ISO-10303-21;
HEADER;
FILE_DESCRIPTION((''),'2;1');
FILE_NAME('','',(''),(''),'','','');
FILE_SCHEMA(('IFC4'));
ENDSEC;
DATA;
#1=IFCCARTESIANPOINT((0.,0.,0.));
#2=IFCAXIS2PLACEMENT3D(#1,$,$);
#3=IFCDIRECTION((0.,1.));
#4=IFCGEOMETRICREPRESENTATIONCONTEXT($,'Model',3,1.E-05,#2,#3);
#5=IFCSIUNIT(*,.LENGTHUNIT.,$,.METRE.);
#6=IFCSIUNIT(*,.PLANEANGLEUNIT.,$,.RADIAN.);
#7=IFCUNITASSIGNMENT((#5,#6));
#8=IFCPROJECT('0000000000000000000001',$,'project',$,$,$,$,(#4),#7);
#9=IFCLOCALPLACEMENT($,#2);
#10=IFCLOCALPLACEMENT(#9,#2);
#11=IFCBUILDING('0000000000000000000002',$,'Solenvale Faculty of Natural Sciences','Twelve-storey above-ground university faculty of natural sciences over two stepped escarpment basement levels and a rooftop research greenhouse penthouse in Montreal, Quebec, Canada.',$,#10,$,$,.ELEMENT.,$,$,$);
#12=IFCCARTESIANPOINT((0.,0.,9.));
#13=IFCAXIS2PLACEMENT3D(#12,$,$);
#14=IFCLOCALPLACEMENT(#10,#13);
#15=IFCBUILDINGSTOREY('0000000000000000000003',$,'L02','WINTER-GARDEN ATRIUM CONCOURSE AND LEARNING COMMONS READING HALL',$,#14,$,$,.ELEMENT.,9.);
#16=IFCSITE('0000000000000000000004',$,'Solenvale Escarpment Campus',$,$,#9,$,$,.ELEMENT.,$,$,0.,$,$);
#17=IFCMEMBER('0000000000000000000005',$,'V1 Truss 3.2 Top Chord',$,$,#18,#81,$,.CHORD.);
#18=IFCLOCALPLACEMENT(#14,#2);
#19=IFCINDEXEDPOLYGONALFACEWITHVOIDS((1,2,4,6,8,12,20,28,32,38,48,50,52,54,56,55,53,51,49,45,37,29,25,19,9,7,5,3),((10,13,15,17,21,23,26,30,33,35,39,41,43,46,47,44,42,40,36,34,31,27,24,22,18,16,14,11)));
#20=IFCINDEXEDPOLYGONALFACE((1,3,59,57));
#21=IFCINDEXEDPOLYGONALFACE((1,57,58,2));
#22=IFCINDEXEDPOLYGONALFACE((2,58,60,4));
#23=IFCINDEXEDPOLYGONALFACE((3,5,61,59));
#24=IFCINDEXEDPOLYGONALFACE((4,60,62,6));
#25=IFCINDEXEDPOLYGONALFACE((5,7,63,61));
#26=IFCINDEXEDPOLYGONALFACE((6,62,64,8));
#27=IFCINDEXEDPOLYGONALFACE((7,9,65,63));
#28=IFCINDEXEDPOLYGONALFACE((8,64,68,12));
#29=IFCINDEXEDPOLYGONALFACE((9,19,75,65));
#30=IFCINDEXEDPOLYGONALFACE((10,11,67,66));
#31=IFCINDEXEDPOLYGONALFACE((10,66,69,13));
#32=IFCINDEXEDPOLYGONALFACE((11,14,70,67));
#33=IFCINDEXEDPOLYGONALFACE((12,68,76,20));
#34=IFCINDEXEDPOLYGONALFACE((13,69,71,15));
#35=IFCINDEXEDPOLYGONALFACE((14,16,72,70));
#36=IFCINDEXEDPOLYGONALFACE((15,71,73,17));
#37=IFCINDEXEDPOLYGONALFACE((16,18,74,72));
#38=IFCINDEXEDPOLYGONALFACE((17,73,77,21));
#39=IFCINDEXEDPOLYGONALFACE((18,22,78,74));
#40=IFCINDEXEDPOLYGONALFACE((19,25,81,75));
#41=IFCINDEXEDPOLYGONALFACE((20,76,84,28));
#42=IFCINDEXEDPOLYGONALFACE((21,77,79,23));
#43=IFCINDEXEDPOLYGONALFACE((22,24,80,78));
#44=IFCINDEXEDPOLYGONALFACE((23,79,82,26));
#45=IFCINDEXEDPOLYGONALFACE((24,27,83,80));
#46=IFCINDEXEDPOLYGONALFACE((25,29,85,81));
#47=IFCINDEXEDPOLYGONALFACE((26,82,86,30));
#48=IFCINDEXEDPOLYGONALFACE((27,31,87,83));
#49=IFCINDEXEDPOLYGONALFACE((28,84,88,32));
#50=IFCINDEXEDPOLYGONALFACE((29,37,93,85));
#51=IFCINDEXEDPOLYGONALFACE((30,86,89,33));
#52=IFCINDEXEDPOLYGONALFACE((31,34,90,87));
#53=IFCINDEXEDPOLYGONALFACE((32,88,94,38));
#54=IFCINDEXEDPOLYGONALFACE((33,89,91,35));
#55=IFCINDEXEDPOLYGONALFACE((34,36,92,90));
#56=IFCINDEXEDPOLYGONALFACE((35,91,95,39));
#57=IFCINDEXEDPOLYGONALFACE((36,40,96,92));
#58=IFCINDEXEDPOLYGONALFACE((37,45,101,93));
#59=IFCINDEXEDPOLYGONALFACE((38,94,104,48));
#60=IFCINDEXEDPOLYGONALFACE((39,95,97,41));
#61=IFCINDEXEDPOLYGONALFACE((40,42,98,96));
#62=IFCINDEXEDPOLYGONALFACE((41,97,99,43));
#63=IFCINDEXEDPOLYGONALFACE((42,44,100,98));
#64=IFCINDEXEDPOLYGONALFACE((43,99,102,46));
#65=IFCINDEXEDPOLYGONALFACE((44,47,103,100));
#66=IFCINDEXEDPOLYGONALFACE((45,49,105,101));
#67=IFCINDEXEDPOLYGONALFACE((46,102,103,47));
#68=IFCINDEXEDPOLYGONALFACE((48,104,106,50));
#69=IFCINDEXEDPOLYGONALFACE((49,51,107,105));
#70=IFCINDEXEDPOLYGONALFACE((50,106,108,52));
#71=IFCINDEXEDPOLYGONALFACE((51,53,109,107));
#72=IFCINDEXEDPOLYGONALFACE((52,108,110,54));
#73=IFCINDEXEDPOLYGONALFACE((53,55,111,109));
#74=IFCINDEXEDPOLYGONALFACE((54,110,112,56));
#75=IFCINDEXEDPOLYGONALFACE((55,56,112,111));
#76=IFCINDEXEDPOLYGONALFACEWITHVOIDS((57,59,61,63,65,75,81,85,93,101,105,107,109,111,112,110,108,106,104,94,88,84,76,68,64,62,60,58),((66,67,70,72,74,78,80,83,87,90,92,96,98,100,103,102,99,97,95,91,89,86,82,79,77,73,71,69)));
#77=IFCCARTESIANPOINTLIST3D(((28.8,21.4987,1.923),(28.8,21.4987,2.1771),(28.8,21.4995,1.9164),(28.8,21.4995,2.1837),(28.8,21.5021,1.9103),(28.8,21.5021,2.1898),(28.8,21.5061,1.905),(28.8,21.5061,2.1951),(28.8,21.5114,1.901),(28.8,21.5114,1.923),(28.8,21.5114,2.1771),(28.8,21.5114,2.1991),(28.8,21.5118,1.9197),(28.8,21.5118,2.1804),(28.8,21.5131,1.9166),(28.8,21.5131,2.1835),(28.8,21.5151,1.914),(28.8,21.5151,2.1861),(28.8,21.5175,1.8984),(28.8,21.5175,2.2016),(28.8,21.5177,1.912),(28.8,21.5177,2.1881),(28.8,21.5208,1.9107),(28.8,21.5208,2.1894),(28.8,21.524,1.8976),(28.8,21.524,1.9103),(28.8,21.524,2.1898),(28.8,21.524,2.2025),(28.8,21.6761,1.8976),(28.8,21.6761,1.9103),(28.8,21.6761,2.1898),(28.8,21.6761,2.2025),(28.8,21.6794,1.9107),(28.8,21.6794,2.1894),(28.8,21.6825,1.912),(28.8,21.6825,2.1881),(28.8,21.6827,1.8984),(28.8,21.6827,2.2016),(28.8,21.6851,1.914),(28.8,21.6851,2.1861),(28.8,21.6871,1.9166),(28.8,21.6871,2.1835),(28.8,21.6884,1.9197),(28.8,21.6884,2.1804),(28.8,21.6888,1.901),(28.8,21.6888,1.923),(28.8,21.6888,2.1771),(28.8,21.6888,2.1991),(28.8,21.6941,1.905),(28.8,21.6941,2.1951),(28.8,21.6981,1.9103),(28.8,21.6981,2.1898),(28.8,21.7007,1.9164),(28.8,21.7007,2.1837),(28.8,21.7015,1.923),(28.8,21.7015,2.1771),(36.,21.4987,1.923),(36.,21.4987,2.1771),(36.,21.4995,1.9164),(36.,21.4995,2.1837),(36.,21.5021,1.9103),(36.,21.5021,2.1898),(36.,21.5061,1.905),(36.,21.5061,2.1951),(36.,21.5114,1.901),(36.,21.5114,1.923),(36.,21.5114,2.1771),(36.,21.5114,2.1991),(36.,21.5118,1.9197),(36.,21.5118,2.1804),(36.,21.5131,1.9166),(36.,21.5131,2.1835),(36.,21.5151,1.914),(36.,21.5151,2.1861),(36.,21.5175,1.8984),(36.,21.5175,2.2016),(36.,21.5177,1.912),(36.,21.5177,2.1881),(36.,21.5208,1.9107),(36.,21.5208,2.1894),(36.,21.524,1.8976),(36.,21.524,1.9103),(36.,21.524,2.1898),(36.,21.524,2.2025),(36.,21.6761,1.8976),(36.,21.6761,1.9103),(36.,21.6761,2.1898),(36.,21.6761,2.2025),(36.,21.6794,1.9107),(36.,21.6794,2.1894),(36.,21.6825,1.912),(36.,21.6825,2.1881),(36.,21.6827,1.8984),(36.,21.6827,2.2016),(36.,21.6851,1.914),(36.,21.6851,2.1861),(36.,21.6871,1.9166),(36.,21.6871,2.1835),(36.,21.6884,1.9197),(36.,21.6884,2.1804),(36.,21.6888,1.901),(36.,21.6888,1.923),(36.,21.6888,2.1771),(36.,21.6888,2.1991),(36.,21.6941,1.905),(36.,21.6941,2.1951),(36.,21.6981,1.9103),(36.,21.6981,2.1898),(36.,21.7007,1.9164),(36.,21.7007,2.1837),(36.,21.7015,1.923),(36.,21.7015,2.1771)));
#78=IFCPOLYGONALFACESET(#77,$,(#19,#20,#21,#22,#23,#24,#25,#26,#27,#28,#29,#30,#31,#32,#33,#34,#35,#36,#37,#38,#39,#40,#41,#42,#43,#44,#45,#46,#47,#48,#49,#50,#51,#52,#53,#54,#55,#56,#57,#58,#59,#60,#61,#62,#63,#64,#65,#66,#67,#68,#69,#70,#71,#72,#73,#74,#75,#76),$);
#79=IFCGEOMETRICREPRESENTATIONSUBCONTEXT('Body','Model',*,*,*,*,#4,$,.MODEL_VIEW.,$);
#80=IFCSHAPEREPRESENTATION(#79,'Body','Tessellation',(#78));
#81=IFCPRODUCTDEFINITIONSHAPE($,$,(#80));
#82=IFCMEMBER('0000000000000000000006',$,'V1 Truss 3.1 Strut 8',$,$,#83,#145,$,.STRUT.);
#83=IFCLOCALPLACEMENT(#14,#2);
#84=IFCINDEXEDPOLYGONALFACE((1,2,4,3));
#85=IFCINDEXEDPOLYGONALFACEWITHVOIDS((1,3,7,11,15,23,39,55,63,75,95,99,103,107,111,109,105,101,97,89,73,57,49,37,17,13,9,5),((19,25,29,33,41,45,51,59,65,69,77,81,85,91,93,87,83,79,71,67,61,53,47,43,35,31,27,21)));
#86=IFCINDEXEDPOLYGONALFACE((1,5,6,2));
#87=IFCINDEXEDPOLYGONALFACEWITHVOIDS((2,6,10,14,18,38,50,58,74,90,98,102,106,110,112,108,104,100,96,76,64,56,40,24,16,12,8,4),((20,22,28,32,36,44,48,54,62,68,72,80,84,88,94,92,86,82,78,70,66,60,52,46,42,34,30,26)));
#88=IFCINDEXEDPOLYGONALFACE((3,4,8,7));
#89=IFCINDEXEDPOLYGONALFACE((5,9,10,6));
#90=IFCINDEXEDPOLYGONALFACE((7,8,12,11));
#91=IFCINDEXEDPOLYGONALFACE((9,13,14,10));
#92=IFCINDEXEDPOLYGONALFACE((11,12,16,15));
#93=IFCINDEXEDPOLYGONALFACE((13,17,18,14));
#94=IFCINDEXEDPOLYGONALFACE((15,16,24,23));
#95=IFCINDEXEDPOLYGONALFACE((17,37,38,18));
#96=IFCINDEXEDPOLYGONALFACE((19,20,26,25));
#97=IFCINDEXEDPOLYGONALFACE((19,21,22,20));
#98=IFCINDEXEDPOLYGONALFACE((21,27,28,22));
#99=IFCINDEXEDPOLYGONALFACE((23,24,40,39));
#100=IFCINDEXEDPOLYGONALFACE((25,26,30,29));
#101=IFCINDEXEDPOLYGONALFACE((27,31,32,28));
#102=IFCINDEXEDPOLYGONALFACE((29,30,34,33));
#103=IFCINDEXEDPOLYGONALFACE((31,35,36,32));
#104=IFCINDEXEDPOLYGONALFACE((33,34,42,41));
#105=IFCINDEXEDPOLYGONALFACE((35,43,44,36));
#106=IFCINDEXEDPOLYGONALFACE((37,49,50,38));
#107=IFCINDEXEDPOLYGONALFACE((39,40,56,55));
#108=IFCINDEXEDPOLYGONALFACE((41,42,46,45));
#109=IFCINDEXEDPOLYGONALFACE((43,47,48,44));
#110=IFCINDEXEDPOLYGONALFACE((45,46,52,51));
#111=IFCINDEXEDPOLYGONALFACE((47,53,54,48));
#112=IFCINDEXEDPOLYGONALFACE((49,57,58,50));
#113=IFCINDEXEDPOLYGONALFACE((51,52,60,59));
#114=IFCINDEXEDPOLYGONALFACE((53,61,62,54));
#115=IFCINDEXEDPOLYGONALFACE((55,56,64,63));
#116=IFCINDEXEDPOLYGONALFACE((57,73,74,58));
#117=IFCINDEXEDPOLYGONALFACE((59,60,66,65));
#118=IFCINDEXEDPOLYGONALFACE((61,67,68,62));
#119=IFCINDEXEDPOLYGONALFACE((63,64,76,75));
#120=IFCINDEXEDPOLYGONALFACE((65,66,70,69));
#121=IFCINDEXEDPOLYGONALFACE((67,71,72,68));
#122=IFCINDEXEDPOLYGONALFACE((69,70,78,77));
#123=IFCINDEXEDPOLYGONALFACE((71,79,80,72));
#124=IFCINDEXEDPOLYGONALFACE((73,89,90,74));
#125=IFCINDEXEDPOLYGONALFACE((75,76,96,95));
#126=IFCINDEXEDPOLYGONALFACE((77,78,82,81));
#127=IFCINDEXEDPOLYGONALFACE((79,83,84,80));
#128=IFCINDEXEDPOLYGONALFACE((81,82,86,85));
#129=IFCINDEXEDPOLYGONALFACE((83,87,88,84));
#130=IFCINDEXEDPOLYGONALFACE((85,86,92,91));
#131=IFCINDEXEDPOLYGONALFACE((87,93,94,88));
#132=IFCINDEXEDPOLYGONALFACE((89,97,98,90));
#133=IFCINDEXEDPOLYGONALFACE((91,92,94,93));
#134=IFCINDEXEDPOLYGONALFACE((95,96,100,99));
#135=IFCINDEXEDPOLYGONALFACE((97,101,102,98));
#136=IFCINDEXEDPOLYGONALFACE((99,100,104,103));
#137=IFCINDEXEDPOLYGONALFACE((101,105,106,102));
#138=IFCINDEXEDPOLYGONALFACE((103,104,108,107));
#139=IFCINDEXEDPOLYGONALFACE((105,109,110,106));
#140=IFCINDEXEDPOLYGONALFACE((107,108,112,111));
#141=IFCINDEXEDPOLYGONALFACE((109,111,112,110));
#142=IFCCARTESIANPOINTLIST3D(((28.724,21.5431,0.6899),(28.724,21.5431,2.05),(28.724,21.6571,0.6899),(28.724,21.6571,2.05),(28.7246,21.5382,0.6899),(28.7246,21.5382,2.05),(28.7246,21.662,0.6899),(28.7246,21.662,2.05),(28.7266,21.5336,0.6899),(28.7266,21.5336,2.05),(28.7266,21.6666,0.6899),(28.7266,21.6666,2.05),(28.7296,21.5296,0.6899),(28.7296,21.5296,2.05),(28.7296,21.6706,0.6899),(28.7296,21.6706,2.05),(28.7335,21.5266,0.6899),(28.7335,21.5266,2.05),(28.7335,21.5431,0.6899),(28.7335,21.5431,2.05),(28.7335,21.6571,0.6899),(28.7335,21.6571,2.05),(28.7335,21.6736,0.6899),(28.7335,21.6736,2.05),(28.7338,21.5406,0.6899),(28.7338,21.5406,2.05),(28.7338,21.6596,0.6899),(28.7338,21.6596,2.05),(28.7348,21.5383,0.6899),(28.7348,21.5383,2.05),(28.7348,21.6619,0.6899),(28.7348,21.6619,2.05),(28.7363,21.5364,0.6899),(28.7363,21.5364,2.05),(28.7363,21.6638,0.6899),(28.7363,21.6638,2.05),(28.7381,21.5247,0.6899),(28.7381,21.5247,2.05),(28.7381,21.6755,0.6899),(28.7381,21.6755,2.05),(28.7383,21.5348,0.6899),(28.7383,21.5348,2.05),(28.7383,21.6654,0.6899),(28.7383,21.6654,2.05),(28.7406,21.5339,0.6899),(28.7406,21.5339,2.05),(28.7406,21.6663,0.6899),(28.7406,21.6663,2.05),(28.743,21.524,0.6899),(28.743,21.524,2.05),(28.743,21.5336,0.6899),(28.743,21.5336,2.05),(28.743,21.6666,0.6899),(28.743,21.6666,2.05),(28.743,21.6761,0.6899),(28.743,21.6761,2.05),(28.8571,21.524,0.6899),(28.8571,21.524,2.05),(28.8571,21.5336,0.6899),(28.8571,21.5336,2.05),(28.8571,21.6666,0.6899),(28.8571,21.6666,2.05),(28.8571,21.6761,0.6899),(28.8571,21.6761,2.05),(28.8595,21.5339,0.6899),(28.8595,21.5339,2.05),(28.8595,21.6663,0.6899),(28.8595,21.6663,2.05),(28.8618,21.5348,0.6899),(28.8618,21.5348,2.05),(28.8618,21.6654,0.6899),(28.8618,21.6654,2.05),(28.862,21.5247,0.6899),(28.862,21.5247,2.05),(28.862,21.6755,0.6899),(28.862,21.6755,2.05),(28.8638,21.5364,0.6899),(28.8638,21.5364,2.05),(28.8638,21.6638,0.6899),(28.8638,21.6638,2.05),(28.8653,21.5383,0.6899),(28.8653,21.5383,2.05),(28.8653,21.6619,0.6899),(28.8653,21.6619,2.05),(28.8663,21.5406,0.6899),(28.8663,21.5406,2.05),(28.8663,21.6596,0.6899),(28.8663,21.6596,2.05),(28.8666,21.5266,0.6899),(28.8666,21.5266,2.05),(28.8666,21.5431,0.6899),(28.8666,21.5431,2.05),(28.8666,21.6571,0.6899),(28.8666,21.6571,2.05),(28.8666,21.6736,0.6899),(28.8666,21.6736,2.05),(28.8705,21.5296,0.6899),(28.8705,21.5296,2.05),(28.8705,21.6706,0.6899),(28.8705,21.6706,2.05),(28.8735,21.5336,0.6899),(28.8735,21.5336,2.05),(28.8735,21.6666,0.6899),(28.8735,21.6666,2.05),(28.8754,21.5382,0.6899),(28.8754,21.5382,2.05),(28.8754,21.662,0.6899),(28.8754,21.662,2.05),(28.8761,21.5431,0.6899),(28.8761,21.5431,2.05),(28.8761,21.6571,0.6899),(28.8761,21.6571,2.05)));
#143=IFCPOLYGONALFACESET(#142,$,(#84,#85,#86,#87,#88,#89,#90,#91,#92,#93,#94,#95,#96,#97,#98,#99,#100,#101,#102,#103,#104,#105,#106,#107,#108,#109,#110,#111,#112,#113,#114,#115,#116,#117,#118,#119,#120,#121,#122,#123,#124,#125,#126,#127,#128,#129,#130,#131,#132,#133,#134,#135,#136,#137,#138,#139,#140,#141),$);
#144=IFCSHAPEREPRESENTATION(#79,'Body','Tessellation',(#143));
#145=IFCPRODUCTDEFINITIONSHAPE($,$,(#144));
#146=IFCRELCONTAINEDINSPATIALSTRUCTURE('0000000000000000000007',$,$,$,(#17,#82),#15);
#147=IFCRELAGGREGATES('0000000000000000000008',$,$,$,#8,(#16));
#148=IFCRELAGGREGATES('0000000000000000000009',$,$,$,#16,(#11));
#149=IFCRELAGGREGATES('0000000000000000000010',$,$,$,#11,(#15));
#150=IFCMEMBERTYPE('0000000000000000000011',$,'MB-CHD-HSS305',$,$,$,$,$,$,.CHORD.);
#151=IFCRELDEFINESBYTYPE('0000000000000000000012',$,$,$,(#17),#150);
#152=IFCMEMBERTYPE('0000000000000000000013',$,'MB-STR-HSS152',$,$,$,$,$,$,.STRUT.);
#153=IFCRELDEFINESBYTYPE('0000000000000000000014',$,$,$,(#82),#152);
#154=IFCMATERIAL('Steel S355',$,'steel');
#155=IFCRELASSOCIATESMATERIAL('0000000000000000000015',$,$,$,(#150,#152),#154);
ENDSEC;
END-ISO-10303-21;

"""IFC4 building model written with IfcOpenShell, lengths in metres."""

from ifc_helpers import new_model, si_unit, direction, frame, origin, origin_2d, place, context, subcontext, project, spatial, hollow_rectangle, extrude, material, material_profile, profile_set, type_object, element, save


model = new_model("IFC4")

# Units and contexts
model_context = context("Model", 3, precision=1e-05, world=origin(), true_north=direction((0.0, 1.0)))
body_context = subcontext(model_context, "Body", "Model", "MODEL_VIEW")
ifc_project = project(units=[si_unit("LENGTHUNIT", "METRE"), si_unit("PLANEANGLEUNIT", "RADIAN")], contexts=[model_context])

# Site, building, storey
site_placement = place(None, origin())
site = spatial("IfcSite", under=ifc_project, at=site_placement, Name="Solenvale Escarpment Campus", CompositionType="ELEMENT", RefElevation=0.0)
building_placement = place(site_placement, origin())
building = spatial("IfcBuilding", under=site, at=building_placement, Name="Solenvale Faculty of Natural Sciences", Description="Twelve-storey above-ground university faculty of natural sciences over two stepped escarpment basement levels and a rooftop research greenhouse penthouse in Montreal, Quebec, Canada.", CompositionType="ELEMENT")
storey_placement = place(building_placement, frame((0.0, 0.0, 9.0)))
storey = spatial("IfcBuildingStorey", under=building, at=storey_placement, Name="L02", Description="WINTER-GARDEN ATRIUM CONCOURSE AND LEARNING COMMONS READING HALL", CompositionType="ELEMENT", Elevation=9.0)

# Shared definitions
ifc_material_1 = material(Name="Steel S355", Category="steel")

# Members
ifc_material_profile_1 = material_profile(ifc_material_1, hollow_rectangle(XDim=0.2029, YDim=0.3049, WallThickness=0.0127, InnerFilletRadius=0.0127, OuterFilletRadius=0.0254, at=origin_2d()), Name="HSS305x203x13")
ifc_profile_set_1 = profile_set([ifc_material_profile_1], Name="Steel S355")
member_type_1 = type_object("IfcMemberType", Name="MB-CHD-HSS305", PredefinedType="CHORD", material=ifc_profile_set_1)
member_1_placement = place(storey_placement, frame((28.8, 21.6001, 2.05), z_axis=(1.0, 0.0, 0.0), x_axis=(0.0, 1.0, 0.0)))
element("IfcMember", 1, at=member_1_placement, inside=storey, type_object=member_type_1, Name="V1 Truss 3.2 Top Chord", PredefinedType="CHORD", context=body_context, shape_type="SweptSolid", body=[
    extrude(hollow_rectangle(XDim=0.2029, YDim=0.3049, WallThickness=0.0127, InnerFilletRadius=0.0127, OuterFilletRadius=0.0254, at=origin_2d()), origin(), (0.0, 0.0, 1.0), 7.2),
])
ifc_material_profile_2 = material_profile(ifc_material_1, hollow_rectangle(XDim=0.1521, YDim=0.1521, WallThickness=0.0095, InnerFilletRadius=0.0095, OuterFilletRadius=0.019, at=origin_2d()), Name="HSS152x152x9.5")
ifc_profile_set_2 = profile_set([ifc_material_profile_2], Name="Steel S355")
member_type_2 = type_object("IfcMemberType", Name="MB-STR-HSS152", PredefinedType="STRUT", material=ifc_profile_set_2)
for number, where, z_axis, x_axis, name in (
    (2, (28.8, 21.6001, 0.6899), (0.0, 0.0, 1.0), (1.0, 0.0, 0.0), "V1 Truss 3.1 Strut 8"),
):
    element("IfcMember", number, at=place(storey_placement, frame(where, z_axis=z_axis, x_axis=x_axis)), inside=storey, type_object=member_type_2, Name=name, PredefinedType="STRUT", context=body_context, shape_type="SweptSolid", body=[
        extrude(hollow_rectangle(XDim=0.1521, YDim=0.1521, WallThickness=0.0095, InnerFilletRadius=0.0095, OuterFilletRadius=0.019, at=origin_2d()), origin(), (0.0, 0.0, 1.0), 1.3601),
    ])

save(model, "model.ifc")
